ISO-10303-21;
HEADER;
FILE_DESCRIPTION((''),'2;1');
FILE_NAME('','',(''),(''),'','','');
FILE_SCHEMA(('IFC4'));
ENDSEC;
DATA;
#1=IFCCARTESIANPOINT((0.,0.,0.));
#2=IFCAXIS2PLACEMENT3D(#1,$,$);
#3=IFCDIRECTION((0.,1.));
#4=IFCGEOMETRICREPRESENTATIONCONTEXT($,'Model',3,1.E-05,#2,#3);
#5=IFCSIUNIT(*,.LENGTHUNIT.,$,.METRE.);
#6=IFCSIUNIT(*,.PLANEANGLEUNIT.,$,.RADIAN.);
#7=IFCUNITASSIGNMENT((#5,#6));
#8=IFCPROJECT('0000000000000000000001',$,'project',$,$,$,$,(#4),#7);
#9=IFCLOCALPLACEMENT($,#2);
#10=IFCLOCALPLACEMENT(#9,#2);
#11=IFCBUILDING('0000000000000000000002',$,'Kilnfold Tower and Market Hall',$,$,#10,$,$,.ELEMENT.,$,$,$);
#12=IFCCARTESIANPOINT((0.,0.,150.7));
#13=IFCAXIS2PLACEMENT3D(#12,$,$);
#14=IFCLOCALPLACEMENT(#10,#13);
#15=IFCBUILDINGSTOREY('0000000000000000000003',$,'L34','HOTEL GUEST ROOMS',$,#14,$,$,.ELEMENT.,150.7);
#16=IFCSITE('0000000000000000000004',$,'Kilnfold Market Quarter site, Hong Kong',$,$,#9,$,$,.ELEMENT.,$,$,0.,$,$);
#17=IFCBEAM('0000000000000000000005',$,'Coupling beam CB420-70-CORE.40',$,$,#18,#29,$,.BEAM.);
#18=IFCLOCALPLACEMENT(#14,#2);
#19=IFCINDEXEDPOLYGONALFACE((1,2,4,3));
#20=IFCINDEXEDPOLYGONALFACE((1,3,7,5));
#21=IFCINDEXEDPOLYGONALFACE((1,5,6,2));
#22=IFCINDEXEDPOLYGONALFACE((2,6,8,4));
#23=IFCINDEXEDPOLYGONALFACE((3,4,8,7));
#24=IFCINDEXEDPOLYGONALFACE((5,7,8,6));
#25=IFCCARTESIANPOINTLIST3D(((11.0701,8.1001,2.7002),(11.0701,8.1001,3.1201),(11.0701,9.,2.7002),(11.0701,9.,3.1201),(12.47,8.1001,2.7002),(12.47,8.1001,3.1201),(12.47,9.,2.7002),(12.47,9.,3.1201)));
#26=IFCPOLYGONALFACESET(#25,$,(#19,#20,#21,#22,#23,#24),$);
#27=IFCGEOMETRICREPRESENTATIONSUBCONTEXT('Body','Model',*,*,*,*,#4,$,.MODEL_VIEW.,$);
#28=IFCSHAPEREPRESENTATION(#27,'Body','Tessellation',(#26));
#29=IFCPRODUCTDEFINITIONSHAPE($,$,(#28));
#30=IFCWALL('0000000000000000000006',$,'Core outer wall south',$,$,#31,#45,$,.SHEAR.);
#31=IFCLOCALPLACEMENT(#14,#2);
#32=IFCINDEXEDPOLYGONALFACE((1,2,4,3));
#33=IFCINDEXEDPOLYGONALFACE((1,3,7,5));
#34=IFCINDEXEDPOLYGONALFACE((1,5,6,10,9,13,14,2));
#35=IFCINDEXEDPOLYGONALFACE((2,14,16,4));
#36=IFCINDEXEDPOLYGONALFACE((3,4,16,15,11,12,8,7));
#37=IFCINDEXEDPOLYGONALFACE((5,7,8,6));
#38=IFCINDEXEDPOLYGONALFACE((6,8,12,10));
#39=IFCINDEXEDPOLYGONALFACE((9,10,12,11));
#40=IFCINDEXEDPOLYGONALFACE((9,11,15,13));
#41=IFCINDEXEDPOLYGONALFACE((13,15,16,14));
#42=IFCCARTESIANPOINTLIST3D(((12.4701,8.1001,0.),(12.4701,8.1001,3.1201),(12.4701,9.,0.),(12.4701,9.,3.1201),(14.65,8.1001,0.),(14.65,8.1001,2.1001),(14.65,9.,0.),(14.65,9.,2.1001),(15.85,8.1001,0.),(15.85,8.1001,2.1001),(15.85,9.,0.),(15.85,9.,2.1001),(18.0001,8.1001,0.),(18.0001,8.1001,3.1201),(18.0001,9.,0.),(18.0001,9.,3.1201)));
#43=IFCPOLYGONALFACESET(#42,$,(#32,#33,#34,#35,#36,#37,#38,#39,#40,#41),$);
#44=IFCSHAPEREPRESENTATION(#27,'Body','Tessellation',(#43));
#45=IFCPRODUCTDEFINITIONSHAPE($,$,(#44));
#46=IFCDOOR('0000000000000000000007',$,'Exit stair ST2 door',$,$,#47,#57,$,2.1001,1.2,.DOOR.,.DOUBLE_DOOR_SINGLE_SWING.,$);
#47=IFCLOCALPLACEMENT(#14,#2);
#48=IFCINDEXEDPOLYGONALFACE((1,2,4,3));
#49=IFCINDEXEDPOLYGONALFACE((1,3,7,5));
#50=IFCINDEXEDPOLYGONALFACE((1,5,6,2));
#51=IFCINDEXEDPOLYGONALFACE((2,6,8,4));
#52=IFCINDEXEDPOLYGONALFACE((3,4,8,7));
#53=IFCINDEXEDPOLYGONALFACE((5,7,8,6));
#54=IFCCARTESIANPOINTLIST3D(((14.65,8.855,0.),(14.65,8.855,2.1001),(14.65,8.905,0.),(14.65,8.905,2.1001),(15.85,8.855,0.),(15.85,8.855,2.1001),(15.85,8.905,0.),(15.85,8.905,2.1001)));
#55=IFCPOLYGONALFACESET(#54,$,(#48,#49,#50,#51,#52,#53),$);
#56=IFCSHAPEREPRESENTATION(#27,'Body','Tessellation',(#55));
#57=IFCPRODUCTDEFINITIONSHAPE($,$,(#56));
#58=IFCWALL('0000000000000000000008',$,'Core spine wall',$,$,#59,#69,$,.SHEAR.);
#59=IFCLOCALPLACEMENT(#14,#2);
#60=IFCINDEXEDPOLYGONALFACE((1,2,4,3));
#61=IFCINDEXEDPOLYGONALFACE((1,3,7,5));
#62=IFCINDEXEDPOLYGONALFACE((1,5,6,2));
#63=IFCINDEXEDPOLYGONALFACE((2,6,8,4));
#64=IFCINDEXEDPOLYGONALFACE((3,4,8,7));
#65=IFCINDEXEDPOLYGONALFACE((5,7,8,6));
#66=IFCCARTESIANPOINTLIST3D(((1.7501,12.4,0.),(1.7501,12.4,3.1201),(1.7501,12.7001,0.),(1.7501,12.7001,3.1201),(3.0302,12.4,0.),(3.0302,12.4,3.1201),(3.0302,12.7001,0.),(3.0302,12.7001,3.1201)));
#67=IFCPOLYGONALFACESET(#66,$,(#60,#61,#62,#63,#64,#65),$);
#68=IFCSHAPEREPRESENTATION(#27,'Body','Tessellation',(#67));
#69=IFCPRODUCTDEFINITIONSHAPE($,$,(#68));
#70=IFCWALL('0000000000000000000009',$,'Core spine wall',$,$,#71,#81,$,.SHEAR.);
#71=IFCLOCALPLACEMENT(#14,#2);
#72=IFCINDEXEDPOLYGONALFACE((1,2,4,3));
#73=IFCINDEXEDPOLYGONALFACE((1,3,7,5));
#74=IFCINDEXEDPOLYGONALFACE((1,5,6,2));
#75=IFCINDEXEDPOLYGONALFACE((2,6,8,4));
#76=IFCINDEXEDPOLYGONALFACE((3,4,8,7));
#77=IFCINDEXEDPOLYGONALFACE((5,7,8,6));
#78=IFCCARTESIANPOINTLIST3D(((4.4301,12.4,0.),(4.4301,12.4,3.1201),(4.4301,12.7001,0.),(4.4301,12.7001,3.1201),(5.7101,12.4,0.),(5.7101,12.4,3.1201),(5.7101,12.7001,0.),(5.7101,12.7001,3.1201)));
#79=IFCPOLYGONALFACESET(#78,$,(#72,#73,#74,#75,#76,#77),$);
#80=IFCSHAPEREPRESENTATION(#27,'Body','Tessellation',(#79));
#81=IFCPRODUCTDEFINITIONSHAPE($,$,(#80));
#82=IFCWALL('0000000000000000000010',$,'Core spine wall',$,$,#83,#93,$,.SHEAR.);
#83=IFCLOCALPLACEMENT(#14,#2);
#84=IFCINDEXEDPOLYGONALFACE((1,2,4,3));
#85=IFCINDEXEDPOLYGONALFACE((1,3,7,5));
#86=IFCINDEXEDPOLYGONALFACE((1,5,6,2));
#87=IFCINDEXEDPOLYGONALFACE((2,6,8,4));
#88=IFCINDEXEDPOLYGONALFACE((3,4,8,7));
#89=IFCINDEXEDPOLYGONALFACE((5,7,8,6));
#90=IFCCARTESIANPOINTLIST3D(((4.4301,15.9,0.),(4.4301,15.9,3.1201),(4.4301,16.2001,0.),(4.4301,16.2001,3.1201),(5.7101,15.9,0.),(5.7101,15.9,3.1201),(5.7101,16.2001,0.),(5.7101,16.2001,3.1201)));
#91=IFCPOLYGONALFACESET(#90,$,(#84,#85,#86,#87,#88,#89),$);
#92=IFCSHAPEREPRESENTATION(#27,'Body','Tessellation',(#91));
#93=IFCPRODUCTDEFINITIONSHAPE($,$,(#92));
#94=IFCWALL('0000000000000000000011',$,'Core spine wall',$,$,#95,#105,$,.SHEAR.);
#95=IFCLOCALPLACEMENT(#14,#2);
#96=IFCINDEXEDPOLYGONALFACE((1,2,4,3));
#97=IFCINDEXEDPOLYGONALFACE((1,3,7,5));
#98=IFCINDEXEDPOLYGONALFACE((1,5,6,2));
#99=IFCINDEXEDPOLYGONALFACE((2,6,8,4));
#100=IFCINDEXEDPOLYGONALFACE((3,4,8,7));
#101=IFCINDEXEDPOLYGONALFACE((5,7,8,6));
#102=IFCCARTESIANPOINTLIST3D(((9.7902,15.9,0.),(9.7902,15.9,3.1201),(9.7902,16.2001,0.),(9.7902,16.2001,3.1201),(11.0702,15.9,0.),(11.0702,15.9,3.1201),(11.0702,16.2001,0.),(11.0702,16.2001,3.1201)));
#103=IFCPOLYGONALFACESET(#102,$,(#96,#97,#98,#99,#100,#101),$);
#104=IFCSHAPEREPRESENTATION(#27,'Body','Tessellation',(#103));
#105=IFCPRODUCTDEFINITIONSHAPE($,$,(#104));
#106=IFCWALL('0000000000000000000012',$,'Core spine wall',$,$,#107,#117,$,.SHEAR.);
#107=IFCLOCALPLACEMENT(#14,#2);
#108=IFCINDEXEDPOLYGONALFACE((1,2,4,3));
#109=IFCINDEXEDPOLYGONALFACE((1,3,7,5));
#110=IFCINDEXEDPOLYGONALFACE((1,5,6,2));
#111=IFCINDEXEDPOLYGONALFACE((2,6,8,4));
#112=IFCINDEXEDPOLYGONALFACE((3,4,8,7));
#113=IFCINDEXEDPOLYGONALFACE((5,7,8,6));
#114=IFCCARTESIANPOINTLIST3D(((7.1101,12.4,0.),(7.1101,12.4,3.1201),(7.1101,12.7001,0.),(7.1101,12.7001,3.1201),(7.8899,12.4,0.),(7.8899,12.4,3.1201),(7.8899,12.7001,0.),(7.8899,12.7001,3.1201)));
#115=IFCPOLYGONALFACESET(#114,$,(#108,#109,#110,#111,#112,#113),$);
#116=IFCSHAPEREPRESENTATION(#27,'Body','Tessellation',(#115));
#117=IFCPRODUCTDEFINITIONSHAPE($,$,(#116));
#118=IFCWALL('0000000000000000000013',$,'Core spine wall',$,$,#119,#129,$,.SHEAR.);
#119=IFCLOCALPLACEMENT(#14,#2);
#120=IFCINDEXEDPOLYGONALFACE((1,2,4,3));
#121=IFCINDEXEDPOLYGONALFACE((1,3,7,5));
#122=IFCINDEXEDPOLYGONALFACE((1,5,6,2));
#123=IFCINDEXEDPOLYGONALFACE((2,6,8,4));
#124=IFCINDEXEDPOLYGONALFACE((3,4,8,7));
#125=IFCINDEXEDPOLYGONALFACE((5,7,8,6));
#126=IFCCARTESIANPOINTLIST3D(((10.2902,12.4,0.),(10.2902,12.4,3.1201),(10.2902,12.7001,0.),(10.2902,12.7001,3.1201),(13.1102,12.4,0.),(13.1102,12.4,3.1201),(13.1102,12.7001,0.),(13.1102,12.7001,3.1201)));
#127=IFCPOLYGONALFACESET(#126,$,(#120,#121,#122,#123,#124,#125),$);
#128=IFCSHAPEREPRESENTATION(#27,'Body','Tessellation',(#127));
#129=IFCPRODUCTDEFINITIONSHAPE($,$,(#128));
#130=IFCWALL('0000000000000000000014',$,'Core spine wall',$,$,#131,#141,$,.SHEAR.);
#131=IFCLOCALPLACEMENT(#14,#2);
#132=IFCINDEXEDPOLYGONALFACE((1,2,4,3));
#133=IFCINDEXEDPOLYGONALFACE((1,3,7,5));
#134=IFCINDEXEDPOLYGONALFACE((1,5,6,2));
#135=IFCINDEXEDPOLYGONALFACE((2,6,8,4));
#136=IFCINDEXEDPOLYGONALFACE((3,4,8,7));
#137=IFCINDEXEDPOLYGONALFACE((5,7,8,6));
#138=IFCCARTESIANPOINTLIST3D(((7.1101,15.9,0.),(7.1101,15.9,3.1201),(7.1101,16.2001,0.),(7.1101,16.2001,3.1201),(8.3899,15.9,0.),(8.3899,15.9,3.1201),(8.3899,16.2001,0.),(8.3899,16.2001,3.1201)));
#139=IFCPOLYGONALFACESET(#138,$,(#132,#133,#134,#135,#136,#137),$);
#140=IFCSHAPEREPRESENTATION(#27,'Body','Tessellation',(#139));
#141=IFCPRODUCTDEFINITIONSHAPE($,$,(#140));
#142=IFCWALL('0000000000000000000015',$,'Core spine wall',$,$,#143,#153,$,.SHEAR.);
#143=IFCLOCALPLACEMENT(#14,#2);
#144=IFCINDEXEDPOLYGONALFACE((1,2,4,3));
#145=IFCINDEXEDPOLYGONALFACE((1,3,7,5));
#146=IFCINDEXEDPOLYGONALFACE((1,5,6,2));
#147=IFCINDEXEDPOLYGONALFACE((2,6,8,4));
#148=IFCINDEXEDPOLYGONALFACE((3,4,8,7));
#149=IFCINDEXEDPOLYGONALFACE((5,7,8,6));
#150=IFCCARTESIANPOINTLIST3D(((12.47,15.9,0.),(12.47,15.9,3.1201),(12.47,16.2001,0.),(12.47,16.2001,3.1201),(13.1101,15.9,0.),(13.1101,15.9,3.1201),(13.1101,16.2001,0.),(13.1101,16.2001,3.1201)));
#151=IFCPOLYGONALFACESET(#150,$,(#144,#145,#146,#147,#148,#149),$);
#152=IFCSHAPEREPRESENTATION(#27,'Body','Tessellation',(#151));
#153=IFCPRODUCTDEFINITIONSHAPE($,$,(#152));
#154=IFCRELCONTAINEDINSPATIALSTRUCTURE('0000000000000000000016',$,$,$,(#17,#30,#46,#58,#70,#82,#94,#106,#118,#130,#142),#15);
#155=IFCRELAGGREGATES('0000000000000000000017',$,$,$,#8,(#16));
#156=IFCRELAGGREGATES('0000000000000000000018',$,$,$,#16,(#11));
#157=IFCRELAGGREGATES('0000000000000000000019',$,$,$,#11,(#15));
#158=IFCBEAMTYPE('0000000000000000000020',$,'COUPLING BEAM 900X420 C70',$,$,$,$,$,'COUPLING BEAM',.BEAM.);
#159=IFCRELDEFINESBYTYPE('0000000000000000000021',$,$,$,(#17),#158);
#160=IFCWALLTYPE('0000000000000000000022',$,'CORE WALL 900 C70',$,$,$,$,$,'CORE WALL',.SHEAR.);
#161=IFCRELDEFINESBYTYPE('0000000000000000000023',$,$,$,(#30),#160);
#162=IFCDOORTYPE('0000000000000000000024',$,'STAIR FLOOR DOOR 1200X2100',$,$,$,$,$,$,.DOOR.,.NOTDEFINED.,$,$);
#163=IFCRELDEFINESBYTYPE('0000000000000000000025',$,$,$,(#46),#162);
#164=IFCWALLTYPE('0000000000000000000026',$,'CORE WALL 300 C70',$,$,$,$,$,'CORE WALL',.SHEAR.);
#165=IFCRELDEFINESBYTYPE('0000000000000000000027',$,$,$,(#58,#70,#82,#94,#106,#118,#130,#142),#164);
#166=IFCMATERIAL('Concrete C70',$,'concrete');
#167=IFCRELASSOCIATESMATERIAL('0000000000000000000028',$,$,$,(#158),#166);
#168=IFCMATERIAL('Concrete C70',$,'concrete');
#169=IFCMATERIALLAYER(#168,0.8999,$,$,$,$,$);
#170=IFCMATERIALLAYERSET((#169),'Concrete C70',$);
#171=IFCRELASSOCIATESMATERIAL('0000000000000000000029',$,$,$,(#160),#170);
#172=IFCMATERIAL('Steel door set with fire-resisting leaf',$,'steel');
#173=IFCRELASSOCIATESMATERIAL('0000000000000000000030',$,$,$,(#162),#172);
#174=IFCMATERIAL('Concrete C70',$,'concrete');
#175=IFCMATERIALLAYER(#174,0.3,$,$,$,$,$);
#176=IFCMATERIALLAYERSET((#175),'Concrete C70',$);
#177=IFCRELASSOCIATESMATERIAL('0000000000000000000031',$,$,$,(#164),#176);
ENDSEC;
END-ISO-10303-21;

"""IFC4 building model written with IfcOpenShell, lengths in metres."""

from ifc_helpers import new_model, si_unit, direction, frame, frame_2d, origin, origin_2d, place, context, subcontext, project, spatial, rectangle, extrude, source, transform, mapped, material, layer, layer_set, material_profile, profile_set, type_object, element, fill, save


model = new_model("IFC4")

# Units and contexts
model_context = context("Model", 3, precision=1e-05, world=origin(), true_north=direction((0.0, 1.0)))
body_context = subcontext(model_context, "Body", "Model", "MODEL_VIEW")
ifc_project = project(units=[si_unit("LENGTHUNIT", "METRE"), si_unit("PLANEANGLEUNIT", "RADIAN")], contexts=[model_context])

# Site, building, storey
site_placement = place(None, origin())
site = spatial("IfcSite", under=ifc_project, at=site_placement, Name="Kilnfold Market Quarter site, Hong Kong", CompositionType="ELEMENT", RefElevation=0.0)
building_placement = place(site_placement, origin())
building = spatial("IfcBuilding", under=site, at=building_placement, Name="Kilnfold Tower and Market Hall", CompositionType="ELEMENT")
storey_placement = place(building_placement, frame((0.0, 0.0, 150.7)))
storey = spatial("IfcBuildingStorey", under=building, at=storey_placement, Name="L34", Description="HOTEL GUEST ROOMS", CompositionType="ELEMENT", Elevation=150.7)

# Beam
ifc_material_1 = material(Name="Concrete C70", Category="concrete")
ifc_material_profile = material_profile(ifc_material_1, rectangle(XDim=0.8999, YDim=0.4199, at=origin_2d()), Name="RC 900x420")
ifc_profile_set = profile_set([ifc_material_profile], Name="Concrete C70")
beam_type = type_object("IfcBeamType", Name="COUPLING BEAM 900X420 C70", ElementType="COUPLING BEAM", PredefinedType="BEAM", material=ifc_profile_set)
shared_shape_1 = source(origin(), body_context, "Body", "SweptSolid", [
    extrude(rectangle(XDim=0.8999, YDim=0.4199, at=origin_2d()), origin(), (0.0, 0.0, 1.0), 1.3999),
])
beam_placement = place(storey_placement, frame((11.0701, 8.55, 2.9102), z_axis=(1.0, 0.0, 0.0), x_axis=(0.0, 1.0, 0.0)))
element("IfcBeam", 1, at=beam_placement, inside=storey, type_object=beam_type, Name="Coupling beam CB420-70-CORE.40", PredefinedType="BEAM", context=body_context, shape_type="MappedRepresentation", body=[
    mapped(shared_shape_1, transform((0.0, 0.0, 0.0))),
])

# Wall, opening, door
ifc_material_2 = material(Name="Concrete C70", Category="concrete")
ifc_layer_1 = layer(ifc_material_2, 0.8999)
ifc_layer_set_1 = layer_set([ifc_layer_1], Name="Concrete C70")
wall_type_1 = type_object("IfcWallType", Name="CORE WALL 900 C70", ElementType="CORE WALL", PredefinedType="SHEAR", material=ifc_layer_set_1)
shared_shape_2 = source(origin(), body_context, "Body", "SweptSolid", [
    extrude(rectangle(XDim=5.53, YDim=0.8999, at=frame_2d((2.7651, 0.0))), origin(), (0.0, 0.0, 1.0), 3.1201),
])
wall_1_placement = place(storey_placement, frame((12.47, 8.55, 0.0), z_axis=(0.0, 0.0, 1.0), x_axis=(1.0, 0.0, 0.0)))
wall_1 = element("IfcWall", 2, at=wall_1_placement, inside=storey, type_object=wall_type_1, Name="Core outer wall south", PredefinedType="SHEAR", context=body_context, shape_type="MappedRepresentation", body=[
    mapped(shared_shape_2, transform((0.0, 0.0, 0.0))),
])
opening_1_placement = place(wall_1_placement, frame((2.1799, 0.0, 0.0)))
opening_1 = element("IfcOpeningElement", 3, at=opening_1_placement, cuts=wall_1, PredefinedType="OPENING", context=body_context, shape_type="SweptSolid", body=[
    extrude(rectangle(XDim=1.2, YDim=2.1001, at=frame_2d((0.6001, 1.05))), frame((0.0, 0.46, 0.0), z_axis=(0.0, -1.0, 0.0), x_axis=(1.0, 0.0, 0.0)), (0.0, 0.0, 1.0), 0.9199),
])
ifc_material_3 = material(Name="Steel door set with fire-resisting leaf", Category="steel")
door_type_1 = type_object("IfcDoorType", Name="STAIR FLOOR DOOR 1200X2100", OperationType="NOTDEFINED", PredefinedType="DOOR", material=ifc_material_3)
door_1_placement = place(opening_1_placement, origin())
door_1 = element("IfcDoor", 4, at=door_1_placement, inside=storey, type_object=door_type_1, Name="Exit stair ST2 door", OperationType="DOUBLE_DOOR_SINGLE_SWING", OverallHeight=2.1001, OverallWidth=1.2, PredefinedType="DOOR", context=body_context, shape_type="SweptSolid", body=[
    extrude(rectangle(XDim=1.2, YDim=2.1001, at=frame_2d((0.6001, 1.05))), frame((0.0, 0.355, 0.0), z_axis=(0.0, -1.0, 0.0), x_axis=(1.0, 0.0, 0.0)), (0.0, 0.0, 1.0), 0.05),
])
fill(opening_1, door_1)

# Walls
ifc_material_4 = material(Name="Concrete C70", Category="concrete")
ifc_layer_2 = layer(ifc_material_4, 0.3)
ifc_layer_set_2 = layer_set([ifc_layer_2], Name="Concrete C70")
wall_type_2 = type_object("IfcWallType", Name="CORE WALL 300 C70", ElementType="CORE WALL", PredefinedType="SHEAR", material=ifc_layer_set_2)
shared_shape_3 = source(origin(), body_context, "Body", "SweptSolid", [
    extrude(rectangle(XDim=1.28, YDim=0.3, at=frame_2d((0.6401, 0.0))), origin(), (0.0, 0.0, 1.0), 3.1201),
])
for number, where, z_axis, x_axis, name in (
    (5, (1.75, 12.55, 0.0), (0.0, 0.0, 1.0), (1.0, 0.0, 0.0), "Core spine wall"),
    (6, (4.4299, 12.55, 0.0), (0.0, 0.0, 1.0), (1.0, 0.0, 0.0), "Core spine wall"),
    (7, (4.4299, 16.05, 0.0), (0.0, 0.0, 1.0), (1.0, 0.0, 0.0), "Core spine wall"),
    (8, (9.79, 16.05, 0.0), (0.0, 0.0, 1.0), (1.0, 0.0, 0.0), "Core spine wall"),
):
    element("IfcWall", number, at=place(storey_placement, frame(where, z_axis=z_axis, x_axis=x_axis)), inside=storey, type_object=wall_type_2, Name=name, PredefinedType="SHEAR", context=body_context, shape_type="MappedRepresentation", body=[
        mapped(shared_shape_3, transform((0.0, 0.0, 0.0))),
    ])
shared_shape_4 = source(origin(), body_context, "Body", "SweptSolid", [
    extrude(rectangle(XDim=0.7798, YDim=0.3, at=frame_2d((0.3899, 0.0))), origin(), (0.0, 0.0, 1.0), 3.1201),
])
wall_2_placement = place(storey_placement, frame((7.1101, 12.55, 0.0), z_axis=(0.0, 0.0, 1.0), x_axis=(1.0, 0.0, 0.0)))
element("IfcWall", 9, at=wall_2_placement, inside=storey, type_object=wall_type_2, Name="Core spine wall", PredefinedType="SHEAR", context=body_context, shape_type="MappedRepresentation", body=[
    mapped(shared_shape_4, transform((0.0, 0.0, 0.0))),
])
shared_shape_5 = source(origin(), body_context, "Body", "SweptSolid", [
    extrude(rectangle(XDim=2.8201, YDim=0.3, at=frame_2d((1.4102, 0.0))), origin(), (0.0, 0.0, 1.0), 3.1201),
])
wall_3_placement = place(storey_placement, frame((10.29, 12.55, 0.0), z_axis=(0.0, 0.0, 1.0), x_axis=(1.0, 0.0, 0.0)))
element("IfcWall", 10, at=wall_3_placement, inside=storey, type_object=wall_type_2, Name="Core spine wall", PredefinedType="SHEAR", context=body_context, shape_type="MappedRepresentation", body=[
    mapped(shared_shape_5, transform((0.0, 0.0, 0.0))),
])
shared_shape_6 = source(origin(), body_context, "Body", "SweptSolid", [
    extrude(rectangle(XDim=1.2798, YDim=0.3, at=frame_2d((0.6399, 0.0))), origin(), (0.0, 0.0, 1.0), 3.1201),
])
wall_4_placement = place(storey_placement, frame((7.1101, 16.05, 0.0), z_axis=(0.0, 0.0, 1.0), x_axis=(1.0, 0.0, 0.0)))
element("IfcWall", 11, at=wall_4_placement, inside=storey, type_object=wall_type_2, Name="Core spine wall", PredefinedType="SHEAR", context=body_context, shape_type="MappedRepresentation", body=[
    mapped(shared_shape_6, transform((0.0, 0.0, 0.0))),
])
shared_shape_7 = source(origin(), body_context, "Body", "SweptSolid", [
    extrude(rectangle(XDim=0.6401, YDim=0.3, at=frame_2d((0.3201, 0.0))), origin(), (0.0, 0.0, 1.0), 3.1201),
])
wall_5_placement = place(storey_placement, frame((12.47, 16.05, 0.0), z_axis=(0.0, 0.0, 1.0), x_axis=(1.0, 0.0, 0.0)))
element("IfcWall", 12, at=wall_5_placement, inside=storey, type_object=wall_type_2, Name="Core spine wall", PredefinedType="SHEAR", context=body_context, shape_type="MappedRepresentation", body=[
    mapped(shared_shape_7, transform((0.0, 0.0, 0.0))),
])

save(model, "model.ifc")
